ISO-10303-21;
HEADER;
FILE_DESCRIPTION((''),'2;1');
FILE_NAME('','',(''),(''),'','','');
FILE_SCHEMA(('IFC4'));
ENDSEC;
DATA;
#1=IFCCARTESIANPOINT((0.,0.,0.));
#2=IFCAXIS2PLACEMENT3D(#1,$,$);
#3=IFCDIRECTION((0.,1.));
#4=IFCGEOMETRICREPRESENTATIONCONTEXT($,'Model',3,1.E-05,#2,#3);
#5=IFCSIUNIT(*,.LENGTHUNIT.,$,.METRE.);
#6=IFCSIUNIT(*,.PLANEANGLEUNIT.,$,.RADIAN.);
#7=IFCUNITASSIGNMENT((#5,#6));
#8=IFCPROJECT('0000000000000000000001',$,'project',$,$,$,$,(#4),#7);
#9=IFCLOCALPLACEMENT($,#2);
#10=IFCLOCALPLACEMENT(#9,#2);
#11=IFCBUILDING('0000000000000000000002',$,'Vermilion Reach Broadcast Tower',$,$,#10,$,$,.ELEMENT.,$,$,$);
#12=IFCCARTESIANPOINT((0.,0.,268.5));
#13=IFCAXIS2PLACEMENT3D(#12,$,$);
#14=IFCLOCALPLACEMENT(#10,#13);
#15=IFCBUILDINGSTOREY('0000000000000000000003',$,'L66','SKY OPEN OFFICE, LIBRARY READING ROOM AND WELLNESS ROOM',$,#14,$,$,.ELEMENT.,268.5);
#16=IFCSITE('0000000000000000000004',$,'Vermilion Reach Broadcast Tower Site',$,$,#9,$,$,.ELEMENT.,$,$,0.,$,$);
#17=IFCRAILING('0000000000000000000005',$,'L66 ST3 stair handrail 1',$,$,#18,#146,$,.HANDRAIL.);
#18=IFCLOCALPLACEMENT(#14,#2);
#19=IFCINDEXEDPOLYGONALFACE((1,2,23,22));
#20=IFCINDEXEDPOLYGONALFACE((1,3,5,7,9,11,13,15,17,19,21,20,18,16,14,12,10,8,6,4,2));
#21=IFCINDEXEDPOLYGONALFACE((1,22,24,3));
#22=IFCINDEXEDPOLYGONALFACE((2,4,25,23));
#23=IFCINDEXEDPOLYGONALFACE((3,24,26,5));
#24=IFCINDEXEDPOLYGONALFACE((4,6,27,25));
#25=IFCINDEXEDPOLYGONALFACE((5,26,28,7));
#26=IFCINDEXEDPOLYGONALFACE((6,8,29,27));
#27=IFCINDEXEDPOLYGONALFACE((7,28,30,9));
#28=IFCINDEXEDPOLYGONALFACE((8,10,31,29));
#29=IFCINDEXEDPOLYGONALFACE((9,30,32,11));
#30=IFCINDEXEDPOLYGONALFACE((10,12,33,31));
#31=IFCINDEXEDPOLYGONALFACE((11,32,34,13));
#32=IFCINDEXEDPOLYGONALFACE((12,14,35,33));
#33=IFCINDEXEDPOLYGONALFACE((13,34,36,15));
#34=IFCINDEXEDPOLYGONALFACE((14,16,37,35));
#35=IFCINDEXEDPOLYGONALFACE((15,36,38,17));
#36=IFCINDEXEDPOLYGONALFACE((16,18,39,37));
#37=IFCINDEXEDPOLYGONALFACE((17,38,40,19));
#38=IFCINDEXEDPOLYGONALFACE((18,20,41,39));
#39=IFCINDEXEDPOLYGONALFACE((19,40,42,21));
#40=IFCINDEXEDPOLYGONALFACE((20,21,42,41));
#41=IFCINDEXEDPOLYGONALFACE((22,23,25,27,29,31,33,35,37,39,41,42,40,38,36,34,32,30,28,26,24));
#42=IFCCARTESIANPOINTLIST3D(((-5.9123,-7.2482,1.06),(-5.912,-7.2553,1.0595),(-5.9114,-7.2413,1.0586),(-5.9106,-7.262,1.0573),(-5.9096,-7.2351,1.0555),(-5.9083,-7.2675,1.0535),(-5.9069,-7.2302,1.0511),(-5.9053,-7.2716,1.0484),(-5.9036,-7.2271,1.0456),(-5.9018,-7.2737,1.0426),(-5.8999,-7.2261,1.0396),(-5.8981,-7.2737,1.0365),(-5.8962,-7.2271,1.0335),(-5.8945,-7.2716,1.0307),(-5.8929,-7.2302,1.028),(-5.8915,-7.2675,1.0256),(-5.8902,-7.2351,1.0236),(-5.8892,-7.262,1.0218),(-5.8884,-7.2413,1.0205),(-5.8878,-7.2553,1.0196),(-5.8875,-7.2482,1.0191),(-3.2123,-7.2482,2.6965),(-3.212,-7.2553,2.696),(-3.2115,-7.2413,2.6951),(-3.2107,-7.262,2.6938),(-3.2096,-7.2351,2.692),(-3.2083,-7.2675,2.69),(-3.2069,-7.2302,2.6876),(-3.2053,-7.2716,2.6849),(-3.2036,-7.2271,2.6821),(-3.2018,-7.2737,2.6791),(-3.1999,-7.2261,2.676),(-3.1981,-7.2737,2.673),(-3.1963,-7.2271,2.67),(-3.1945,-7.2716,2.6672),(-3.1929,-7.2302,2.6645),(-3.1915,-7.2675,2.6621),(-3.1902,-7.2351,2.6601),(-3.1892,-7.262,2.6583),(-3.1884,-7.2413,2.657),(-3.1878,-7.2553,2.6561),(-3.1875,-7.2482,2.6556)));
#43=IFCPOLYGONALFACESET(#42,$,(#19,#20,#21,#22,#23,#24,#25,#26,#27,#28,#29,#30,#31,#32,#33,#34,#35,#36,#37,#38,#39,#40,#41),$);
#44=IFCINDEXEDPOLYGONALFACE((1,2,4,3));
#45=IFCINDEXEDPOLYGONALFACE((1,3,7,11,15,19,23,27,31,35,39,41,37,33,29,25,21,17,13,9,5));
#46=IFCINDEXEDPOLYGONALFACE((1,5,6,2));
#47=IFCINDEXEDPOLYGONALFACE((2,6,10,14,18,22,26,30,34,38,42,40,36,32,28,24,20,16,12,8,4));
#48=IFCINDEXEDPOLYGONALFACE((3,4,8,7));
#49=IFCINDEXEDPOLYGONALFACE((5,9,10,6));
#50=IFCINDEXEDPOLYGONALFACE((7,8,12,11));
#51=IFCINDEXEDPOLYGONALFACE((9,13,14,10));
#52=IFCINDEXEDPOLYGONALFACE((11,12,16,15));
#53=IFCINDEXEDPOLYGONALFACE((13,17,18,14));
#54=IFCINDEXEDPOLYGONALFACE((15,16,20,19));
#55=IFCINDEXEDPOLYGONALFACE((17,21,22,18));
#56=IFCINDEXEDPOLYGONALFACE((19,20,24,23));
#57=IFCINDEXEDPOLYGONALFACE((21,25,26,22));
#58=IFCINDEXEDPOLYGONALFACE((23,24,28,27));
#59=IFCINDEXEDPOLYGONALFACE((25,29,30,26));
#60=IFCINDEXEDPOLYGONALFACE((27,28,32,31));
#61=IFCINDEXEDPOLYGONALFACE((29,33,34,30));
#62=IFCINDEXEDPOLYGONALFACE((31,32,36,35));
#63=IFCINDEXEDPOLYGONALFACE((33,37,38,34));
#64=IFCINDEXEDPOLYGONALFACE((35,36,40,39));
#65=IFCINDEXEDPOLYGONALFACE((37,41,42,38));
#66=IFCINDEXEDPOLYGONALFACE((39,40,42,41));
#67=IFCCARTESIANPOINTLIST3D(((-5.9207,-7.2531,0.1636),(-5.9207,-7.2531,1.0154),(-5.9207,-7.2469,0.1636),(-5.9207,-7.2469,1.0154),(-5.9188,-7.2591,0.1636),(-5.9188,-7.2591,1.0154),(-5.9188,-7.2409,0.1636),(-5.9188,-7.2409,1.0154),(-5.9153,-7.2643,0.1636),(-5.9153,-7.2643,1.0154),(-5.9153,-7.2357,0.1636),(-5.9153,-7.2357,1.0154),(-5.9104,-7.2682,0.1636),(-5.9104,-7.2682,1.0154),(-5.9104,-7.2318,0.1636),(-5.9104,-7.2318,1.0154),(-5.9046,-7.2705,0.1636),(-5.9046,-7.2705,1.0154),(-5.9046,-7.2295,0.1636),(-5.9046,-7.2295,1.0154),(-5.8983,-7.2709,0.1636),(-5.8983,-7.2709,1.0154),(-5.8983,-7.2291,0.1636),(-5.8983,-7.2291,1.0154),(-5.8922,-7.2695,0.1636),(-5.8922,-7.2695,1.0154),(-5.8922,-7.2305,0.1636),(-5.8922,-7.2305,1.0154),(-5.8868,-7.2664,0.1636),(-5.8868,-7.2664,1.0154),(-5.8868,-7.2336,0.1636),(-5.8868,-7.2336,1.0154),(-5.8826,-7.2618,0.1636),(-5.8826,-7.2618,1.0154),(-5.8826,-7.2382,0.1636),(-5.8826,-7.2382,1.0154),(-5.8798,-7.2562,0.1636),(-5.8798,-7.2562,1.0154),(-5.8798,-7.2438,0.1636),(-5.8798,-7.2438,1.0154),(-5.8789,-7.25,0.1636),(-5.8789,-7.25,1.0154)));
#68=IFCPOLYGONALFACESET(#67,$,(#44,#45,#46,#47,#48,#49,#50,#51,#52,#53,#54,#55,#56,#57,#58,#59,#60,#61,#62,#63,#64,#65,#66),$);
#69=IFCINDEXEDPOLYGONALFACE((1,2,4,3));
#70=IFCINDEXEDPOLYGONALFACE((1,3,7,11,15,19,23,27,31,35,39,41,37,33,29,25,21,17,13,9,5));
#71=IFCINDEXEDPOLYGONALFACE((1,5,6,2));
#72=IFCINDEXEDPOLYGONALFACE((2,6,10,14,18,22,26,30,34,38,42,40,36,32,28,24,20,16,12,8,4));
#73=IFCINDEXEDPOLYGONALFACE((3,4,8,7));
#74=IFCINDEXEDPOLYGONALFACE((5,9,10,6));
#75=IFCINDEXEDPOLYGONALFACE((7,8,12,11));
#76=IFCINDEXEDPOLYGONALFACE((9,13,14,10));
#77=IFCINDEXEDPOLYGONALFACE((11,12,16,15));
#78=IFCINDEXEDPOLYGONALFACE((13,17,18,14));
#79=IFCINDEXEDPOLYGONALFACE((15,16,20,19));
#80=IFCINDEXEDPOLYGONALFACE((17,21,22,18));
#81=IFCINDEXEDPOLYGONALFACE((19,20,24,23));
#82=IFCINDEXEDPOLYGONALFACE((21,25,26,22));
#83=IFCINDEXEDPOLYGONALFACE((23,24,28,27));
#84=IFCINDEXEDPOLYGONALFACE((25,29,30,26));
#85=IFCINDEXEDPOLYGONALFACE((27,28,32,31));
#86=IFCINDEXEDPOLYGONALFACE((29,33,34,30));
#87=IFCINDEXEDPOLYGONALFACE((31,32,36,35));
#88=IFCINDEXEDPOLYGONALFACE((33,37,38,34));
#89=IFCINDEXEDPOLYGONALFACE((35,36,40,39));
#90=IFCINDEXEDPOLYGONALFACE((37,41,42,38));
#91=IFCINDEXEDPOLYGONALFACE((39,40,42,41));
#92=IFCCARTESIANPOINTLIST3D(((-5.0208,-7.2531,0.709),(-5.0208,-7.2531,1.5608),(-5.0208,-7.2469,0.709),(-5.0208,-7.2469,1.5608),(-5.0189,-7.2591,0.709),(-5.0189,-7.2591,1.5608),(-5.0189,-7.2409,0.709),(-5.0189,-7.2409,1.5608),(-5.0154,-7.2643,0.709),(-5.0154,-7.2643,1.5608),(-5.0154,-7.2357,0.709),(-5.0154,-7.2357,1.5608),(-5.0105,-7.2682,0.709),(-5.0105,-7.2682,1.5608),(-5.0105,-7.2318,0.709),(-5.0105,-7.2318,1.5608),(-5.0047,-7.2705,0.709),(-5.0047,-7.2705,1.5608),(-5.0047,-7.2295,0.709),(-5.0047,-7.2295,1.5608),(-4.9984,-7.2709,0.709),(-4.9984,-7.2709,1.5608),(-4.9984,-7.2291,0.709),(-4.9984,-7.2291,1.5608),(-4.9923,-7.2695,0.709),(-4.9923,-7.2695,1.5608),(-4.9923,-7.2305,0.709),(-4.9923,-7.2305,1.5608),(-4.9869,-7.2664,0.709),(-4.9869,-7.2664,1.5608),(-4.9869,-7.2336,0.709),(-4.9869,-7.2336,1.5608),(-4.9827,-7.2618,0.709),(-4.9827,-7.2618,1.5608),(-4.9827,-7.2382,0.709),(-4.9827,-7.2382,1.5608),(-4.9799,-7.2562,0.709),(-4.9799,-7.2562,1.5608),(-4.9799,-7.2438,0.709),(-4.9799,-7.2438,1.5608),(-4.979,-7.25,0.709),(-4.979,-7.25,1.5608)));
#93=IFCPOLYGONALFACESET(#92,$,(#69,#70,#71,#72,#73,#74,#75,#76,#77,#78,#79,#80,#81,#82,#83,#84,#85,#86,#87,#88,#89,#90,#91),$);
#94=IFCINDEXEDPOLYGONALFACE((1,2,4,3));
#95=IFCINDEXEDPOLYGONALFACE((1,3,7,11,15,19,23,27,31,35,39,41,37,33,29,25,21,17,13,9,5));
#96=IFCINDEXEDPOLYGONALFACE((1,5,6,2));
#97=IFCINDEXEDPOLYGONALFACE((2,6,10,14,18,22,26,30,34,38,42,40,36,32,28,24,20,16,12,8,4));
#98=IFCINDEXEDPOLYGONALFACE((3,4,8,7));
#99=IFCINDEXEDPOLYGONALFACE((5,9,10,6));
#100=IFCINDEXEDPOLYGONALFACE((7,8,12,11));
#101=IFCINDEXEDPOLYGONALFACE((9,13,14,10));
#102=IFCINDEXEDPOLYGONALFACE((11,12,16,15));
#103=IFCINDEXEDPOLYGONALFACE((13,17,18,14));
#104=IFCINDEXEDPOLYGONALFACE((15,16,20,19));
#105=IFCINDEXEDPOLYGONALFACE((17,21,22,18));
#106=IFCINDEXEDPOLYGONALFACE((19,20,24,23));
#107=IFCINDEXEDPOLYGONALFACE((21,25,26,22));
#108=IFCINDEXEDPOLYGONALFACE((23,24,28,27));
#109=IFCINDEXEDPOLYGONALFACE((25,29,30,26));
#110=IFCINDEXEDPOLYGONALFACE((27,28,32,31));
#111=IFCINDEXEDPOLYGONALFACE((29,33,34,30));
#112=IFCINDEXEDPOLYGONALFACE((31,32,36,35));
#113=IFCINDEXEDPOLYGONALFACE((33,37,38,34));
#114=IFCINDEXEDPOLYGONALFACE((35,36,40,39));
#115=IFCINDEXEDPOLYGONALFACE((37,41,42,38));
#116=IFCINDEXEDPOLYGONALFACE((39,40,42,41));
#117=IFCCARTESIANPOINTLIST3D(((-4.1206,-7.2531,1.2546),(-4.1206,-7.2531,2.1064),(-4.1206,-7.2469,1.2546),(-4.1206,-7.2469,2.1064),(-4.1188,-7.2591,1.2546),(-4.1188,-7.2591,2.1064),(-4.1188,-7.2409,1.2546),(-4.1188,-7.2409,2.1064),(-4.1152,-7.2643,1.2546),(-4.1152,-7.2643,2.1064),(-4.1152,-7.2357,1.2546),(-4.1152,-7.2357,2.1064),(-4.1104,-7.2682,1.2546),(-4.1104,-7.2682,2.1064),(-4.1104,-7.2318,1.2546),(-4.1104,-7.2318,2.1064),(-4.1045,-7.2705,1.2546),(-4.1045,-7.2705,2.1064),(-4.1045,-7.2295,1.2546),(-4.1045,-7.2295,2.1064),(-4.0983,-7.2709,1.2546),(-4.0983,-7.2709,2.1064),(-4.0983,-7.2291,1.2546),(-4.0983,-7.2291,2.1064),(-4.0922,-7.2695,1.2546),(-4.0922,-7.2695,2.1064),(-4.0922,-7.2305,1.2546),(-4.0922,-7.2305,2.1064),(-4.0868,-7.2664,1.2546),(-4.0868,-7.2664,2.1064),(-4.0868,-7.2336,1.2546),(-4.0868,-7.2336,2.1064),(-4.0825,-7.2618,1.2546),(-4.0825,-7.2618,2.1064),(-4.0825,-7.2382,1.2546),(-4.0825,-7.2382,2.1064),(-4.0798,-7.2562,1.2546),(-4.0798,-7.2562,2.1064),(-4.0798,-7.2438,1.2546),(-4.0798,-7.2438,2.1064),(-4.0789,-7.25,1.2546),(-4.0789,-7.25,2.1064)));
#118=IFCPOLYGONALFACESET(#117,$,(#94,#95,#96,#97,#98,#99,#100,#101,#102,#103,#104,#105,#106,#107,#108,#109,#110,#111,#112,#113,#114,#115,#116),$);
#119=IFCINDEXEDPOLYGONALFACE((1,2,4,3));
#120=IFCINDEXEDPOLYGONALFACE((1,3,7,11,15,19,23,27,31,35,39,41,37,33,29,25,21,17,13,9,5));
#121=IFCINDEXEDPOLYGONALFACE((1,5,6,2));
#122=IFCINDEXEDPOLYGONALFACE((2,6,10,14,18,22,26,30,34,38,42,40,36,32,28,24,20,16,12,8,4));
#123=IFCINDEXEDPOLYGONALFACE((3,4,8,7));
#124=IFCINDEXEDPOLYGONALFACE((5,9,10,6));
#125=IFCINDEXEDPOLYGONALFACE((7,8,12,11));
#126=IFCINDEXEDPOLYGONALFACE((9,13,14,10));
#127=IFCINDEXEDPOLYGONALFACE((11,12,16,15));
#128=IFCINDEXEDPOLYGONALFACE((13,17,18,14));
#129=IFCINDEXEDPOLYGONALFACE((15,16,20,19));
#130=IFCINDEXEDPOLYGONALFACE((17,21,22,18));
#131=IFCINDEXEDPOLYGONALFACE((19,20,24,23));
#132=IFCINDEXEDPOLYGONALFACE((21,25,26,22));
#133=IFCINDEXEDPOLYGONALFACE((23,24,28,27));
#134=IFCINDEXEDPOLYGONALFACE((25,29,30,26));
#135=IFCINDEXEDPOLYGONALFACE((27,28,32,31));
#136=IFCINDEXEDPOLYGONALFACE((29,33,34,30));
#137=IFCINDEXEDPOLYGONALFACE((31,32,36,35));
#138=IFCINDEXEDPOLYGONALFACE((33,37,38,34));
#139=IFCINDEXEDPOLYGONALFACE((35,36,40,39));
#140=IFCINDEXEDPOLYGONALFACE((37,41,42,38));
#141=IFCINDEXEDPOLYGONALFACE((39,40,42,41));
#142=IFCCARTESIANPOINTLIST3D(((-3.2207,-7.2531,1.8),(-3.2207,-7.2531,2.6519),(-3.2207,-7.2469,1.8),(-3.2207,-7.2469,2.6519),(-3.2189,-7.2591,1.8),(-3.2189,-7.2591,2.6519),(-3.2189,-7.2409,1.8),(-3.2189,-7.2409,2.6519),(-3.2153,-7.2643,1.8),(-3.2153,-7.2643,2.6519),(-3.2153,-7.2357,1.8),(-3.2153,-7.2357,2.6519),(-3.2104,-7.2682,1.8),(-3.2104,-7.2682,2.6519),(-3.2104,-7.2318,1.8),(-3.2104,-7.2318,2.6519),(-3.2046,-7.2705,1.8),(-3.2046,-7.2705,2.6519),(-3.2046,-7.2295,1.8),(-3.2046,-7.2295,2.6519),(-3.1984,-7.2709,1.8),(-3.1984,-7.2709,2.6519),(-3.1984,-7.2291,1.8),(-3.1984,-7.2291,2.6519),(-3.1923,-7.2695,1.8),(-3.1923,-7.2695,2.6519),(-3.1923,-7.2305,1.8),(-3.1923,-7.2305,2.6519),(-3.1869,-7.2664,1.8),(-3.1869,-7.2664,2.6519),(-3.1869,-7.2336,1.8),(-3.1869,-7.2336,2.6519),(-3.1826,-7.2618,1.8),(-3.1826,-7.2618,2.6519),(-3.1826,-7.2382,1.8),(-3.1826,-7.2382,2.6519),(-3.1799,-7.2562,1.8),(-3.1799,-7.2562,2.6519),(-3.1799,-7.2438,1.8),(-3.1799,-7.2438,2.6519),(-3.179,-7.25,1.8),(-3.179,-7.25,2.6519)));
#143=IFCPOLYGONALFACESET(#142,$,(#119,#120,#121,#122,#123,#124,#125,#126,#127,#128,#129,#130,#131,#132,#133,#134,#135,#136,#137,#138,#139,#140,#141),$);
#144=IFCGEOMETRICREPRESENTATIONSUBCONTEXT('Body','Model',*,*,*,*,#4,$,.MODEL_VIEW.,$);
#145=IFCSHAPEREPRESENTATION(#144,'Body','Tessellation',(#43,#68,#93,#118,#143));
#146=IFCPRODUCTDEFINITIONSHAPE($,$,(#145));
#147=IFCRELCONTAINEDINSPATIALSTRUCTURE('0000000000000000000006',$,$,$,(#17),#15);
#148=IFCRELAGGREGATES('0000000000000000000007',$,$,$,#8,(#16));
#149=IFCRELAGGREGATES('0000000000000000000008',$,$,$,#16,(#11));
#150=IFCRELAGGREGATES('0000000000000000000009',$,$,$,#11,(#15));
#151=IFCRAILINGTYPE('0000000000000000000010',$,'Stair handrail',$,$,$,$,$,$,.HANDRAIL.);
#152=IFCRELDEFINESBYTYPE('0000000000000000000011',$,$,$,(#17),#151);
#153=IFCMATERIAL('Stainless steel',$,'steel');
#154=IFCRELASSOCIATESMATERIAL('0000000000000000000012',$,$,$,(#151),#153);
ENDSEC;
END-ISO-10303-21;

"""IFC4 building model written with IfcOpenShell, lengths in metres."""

from ifc_helpers import new_model, si_unit, direction, frame, origin, origin_2d, place, context, subcontext, project, spatial, circle, extrude, material, type_object, element, save


model = new_model("IFC4")

# Units and contexts
model_context = context("Model", 3, precision=1e-05, world=origin(), true_north=direction((0.0, 1.0)))
body_context = subcontext(model_context, "Body", "Model", "MODEL_VIEW")
ifc_project = project(units=[si_unit("LENGTHUNIT", "METRE"), si_unit("PLANEANGLEUNIT", "RADIAN")], contexts=[model_context])

# Site, building, storey
site_placement = place(None, origin())
site = spatial("IfcSite", under=ifc_project, at=site_placement, Name="Vermilion Reach Broadcast Tower Site", CompositionType="ELEMENT", RefElevation=0.0)
building_placement = place(site_placement, origin())
building = spatial("IfcBuilding", under=site, at=building_placement, Name="Vermilion Reach Broadcast Tower", CompositionType="ELEMENT")
storey_placement = place(building_placement, frame((0.0, 0.0, 268.5)))
storey = spatial("IfcBuildingStorey", under=building, at=storey_placement, Name="L66", Description="SKY OPEN OFFICE, LIBRARY READING ROOM AND WELLNESS ROOM", CompositionType="ELEMENT", Elevation=268.5)

# Railing
ifc_material_1 = material(Name="Stainless steel", Category="steel")
railing_type_1 = type_object("IfcRailingType", Name="Stair handrail", PredefinedType="HANDRAIL", material=ifc_material_1)
railing_1_placement = place(storey_placement, frame((-5.8999, -7.25, 0.1636)))
element("IfcRailing", 1, at=railing_1_placement, inside=storey, type_object=railing_type_1, Name="L66 ST3 stair handrail 1", PredefinedType="HANDRAIL", context=body_context, shape_type="SweptSolid", body=[
    extrude(circle(Radius=0.0239, at=origin_2d()), frame((0.0, 0.0, 0.876), z_axis=(0.855178, 0.0, 0.518334), x_axis=(0.0, 1.0, 0.0)), (0.0, 0.0, 1.0), 3.1572),
    extrude(circle(Radius=0.021, at=origin_2d()), origin(), (0.0, 0.0, 1.0), 0.8518),
    extrude(circle(Radius=0.021, at=origin_2d()), frame((0.8999, 0.0, 0.5454)), (0.0, 0.0, 1.0), 0.8518),
    extrude(circle(Radius=0.021, at=origin_2d()), frame((1.8, 0.0, 1.0911)), (0.0, 0.0, 1.0), 0.8518),
    extrude(circle(Radius=0.021, at=origin_2d()), frame((2.7, 0.0, 1.6365)), (0.0, 0.0, 1.0), 0.8518),
])

save(model, "model.ifc")
